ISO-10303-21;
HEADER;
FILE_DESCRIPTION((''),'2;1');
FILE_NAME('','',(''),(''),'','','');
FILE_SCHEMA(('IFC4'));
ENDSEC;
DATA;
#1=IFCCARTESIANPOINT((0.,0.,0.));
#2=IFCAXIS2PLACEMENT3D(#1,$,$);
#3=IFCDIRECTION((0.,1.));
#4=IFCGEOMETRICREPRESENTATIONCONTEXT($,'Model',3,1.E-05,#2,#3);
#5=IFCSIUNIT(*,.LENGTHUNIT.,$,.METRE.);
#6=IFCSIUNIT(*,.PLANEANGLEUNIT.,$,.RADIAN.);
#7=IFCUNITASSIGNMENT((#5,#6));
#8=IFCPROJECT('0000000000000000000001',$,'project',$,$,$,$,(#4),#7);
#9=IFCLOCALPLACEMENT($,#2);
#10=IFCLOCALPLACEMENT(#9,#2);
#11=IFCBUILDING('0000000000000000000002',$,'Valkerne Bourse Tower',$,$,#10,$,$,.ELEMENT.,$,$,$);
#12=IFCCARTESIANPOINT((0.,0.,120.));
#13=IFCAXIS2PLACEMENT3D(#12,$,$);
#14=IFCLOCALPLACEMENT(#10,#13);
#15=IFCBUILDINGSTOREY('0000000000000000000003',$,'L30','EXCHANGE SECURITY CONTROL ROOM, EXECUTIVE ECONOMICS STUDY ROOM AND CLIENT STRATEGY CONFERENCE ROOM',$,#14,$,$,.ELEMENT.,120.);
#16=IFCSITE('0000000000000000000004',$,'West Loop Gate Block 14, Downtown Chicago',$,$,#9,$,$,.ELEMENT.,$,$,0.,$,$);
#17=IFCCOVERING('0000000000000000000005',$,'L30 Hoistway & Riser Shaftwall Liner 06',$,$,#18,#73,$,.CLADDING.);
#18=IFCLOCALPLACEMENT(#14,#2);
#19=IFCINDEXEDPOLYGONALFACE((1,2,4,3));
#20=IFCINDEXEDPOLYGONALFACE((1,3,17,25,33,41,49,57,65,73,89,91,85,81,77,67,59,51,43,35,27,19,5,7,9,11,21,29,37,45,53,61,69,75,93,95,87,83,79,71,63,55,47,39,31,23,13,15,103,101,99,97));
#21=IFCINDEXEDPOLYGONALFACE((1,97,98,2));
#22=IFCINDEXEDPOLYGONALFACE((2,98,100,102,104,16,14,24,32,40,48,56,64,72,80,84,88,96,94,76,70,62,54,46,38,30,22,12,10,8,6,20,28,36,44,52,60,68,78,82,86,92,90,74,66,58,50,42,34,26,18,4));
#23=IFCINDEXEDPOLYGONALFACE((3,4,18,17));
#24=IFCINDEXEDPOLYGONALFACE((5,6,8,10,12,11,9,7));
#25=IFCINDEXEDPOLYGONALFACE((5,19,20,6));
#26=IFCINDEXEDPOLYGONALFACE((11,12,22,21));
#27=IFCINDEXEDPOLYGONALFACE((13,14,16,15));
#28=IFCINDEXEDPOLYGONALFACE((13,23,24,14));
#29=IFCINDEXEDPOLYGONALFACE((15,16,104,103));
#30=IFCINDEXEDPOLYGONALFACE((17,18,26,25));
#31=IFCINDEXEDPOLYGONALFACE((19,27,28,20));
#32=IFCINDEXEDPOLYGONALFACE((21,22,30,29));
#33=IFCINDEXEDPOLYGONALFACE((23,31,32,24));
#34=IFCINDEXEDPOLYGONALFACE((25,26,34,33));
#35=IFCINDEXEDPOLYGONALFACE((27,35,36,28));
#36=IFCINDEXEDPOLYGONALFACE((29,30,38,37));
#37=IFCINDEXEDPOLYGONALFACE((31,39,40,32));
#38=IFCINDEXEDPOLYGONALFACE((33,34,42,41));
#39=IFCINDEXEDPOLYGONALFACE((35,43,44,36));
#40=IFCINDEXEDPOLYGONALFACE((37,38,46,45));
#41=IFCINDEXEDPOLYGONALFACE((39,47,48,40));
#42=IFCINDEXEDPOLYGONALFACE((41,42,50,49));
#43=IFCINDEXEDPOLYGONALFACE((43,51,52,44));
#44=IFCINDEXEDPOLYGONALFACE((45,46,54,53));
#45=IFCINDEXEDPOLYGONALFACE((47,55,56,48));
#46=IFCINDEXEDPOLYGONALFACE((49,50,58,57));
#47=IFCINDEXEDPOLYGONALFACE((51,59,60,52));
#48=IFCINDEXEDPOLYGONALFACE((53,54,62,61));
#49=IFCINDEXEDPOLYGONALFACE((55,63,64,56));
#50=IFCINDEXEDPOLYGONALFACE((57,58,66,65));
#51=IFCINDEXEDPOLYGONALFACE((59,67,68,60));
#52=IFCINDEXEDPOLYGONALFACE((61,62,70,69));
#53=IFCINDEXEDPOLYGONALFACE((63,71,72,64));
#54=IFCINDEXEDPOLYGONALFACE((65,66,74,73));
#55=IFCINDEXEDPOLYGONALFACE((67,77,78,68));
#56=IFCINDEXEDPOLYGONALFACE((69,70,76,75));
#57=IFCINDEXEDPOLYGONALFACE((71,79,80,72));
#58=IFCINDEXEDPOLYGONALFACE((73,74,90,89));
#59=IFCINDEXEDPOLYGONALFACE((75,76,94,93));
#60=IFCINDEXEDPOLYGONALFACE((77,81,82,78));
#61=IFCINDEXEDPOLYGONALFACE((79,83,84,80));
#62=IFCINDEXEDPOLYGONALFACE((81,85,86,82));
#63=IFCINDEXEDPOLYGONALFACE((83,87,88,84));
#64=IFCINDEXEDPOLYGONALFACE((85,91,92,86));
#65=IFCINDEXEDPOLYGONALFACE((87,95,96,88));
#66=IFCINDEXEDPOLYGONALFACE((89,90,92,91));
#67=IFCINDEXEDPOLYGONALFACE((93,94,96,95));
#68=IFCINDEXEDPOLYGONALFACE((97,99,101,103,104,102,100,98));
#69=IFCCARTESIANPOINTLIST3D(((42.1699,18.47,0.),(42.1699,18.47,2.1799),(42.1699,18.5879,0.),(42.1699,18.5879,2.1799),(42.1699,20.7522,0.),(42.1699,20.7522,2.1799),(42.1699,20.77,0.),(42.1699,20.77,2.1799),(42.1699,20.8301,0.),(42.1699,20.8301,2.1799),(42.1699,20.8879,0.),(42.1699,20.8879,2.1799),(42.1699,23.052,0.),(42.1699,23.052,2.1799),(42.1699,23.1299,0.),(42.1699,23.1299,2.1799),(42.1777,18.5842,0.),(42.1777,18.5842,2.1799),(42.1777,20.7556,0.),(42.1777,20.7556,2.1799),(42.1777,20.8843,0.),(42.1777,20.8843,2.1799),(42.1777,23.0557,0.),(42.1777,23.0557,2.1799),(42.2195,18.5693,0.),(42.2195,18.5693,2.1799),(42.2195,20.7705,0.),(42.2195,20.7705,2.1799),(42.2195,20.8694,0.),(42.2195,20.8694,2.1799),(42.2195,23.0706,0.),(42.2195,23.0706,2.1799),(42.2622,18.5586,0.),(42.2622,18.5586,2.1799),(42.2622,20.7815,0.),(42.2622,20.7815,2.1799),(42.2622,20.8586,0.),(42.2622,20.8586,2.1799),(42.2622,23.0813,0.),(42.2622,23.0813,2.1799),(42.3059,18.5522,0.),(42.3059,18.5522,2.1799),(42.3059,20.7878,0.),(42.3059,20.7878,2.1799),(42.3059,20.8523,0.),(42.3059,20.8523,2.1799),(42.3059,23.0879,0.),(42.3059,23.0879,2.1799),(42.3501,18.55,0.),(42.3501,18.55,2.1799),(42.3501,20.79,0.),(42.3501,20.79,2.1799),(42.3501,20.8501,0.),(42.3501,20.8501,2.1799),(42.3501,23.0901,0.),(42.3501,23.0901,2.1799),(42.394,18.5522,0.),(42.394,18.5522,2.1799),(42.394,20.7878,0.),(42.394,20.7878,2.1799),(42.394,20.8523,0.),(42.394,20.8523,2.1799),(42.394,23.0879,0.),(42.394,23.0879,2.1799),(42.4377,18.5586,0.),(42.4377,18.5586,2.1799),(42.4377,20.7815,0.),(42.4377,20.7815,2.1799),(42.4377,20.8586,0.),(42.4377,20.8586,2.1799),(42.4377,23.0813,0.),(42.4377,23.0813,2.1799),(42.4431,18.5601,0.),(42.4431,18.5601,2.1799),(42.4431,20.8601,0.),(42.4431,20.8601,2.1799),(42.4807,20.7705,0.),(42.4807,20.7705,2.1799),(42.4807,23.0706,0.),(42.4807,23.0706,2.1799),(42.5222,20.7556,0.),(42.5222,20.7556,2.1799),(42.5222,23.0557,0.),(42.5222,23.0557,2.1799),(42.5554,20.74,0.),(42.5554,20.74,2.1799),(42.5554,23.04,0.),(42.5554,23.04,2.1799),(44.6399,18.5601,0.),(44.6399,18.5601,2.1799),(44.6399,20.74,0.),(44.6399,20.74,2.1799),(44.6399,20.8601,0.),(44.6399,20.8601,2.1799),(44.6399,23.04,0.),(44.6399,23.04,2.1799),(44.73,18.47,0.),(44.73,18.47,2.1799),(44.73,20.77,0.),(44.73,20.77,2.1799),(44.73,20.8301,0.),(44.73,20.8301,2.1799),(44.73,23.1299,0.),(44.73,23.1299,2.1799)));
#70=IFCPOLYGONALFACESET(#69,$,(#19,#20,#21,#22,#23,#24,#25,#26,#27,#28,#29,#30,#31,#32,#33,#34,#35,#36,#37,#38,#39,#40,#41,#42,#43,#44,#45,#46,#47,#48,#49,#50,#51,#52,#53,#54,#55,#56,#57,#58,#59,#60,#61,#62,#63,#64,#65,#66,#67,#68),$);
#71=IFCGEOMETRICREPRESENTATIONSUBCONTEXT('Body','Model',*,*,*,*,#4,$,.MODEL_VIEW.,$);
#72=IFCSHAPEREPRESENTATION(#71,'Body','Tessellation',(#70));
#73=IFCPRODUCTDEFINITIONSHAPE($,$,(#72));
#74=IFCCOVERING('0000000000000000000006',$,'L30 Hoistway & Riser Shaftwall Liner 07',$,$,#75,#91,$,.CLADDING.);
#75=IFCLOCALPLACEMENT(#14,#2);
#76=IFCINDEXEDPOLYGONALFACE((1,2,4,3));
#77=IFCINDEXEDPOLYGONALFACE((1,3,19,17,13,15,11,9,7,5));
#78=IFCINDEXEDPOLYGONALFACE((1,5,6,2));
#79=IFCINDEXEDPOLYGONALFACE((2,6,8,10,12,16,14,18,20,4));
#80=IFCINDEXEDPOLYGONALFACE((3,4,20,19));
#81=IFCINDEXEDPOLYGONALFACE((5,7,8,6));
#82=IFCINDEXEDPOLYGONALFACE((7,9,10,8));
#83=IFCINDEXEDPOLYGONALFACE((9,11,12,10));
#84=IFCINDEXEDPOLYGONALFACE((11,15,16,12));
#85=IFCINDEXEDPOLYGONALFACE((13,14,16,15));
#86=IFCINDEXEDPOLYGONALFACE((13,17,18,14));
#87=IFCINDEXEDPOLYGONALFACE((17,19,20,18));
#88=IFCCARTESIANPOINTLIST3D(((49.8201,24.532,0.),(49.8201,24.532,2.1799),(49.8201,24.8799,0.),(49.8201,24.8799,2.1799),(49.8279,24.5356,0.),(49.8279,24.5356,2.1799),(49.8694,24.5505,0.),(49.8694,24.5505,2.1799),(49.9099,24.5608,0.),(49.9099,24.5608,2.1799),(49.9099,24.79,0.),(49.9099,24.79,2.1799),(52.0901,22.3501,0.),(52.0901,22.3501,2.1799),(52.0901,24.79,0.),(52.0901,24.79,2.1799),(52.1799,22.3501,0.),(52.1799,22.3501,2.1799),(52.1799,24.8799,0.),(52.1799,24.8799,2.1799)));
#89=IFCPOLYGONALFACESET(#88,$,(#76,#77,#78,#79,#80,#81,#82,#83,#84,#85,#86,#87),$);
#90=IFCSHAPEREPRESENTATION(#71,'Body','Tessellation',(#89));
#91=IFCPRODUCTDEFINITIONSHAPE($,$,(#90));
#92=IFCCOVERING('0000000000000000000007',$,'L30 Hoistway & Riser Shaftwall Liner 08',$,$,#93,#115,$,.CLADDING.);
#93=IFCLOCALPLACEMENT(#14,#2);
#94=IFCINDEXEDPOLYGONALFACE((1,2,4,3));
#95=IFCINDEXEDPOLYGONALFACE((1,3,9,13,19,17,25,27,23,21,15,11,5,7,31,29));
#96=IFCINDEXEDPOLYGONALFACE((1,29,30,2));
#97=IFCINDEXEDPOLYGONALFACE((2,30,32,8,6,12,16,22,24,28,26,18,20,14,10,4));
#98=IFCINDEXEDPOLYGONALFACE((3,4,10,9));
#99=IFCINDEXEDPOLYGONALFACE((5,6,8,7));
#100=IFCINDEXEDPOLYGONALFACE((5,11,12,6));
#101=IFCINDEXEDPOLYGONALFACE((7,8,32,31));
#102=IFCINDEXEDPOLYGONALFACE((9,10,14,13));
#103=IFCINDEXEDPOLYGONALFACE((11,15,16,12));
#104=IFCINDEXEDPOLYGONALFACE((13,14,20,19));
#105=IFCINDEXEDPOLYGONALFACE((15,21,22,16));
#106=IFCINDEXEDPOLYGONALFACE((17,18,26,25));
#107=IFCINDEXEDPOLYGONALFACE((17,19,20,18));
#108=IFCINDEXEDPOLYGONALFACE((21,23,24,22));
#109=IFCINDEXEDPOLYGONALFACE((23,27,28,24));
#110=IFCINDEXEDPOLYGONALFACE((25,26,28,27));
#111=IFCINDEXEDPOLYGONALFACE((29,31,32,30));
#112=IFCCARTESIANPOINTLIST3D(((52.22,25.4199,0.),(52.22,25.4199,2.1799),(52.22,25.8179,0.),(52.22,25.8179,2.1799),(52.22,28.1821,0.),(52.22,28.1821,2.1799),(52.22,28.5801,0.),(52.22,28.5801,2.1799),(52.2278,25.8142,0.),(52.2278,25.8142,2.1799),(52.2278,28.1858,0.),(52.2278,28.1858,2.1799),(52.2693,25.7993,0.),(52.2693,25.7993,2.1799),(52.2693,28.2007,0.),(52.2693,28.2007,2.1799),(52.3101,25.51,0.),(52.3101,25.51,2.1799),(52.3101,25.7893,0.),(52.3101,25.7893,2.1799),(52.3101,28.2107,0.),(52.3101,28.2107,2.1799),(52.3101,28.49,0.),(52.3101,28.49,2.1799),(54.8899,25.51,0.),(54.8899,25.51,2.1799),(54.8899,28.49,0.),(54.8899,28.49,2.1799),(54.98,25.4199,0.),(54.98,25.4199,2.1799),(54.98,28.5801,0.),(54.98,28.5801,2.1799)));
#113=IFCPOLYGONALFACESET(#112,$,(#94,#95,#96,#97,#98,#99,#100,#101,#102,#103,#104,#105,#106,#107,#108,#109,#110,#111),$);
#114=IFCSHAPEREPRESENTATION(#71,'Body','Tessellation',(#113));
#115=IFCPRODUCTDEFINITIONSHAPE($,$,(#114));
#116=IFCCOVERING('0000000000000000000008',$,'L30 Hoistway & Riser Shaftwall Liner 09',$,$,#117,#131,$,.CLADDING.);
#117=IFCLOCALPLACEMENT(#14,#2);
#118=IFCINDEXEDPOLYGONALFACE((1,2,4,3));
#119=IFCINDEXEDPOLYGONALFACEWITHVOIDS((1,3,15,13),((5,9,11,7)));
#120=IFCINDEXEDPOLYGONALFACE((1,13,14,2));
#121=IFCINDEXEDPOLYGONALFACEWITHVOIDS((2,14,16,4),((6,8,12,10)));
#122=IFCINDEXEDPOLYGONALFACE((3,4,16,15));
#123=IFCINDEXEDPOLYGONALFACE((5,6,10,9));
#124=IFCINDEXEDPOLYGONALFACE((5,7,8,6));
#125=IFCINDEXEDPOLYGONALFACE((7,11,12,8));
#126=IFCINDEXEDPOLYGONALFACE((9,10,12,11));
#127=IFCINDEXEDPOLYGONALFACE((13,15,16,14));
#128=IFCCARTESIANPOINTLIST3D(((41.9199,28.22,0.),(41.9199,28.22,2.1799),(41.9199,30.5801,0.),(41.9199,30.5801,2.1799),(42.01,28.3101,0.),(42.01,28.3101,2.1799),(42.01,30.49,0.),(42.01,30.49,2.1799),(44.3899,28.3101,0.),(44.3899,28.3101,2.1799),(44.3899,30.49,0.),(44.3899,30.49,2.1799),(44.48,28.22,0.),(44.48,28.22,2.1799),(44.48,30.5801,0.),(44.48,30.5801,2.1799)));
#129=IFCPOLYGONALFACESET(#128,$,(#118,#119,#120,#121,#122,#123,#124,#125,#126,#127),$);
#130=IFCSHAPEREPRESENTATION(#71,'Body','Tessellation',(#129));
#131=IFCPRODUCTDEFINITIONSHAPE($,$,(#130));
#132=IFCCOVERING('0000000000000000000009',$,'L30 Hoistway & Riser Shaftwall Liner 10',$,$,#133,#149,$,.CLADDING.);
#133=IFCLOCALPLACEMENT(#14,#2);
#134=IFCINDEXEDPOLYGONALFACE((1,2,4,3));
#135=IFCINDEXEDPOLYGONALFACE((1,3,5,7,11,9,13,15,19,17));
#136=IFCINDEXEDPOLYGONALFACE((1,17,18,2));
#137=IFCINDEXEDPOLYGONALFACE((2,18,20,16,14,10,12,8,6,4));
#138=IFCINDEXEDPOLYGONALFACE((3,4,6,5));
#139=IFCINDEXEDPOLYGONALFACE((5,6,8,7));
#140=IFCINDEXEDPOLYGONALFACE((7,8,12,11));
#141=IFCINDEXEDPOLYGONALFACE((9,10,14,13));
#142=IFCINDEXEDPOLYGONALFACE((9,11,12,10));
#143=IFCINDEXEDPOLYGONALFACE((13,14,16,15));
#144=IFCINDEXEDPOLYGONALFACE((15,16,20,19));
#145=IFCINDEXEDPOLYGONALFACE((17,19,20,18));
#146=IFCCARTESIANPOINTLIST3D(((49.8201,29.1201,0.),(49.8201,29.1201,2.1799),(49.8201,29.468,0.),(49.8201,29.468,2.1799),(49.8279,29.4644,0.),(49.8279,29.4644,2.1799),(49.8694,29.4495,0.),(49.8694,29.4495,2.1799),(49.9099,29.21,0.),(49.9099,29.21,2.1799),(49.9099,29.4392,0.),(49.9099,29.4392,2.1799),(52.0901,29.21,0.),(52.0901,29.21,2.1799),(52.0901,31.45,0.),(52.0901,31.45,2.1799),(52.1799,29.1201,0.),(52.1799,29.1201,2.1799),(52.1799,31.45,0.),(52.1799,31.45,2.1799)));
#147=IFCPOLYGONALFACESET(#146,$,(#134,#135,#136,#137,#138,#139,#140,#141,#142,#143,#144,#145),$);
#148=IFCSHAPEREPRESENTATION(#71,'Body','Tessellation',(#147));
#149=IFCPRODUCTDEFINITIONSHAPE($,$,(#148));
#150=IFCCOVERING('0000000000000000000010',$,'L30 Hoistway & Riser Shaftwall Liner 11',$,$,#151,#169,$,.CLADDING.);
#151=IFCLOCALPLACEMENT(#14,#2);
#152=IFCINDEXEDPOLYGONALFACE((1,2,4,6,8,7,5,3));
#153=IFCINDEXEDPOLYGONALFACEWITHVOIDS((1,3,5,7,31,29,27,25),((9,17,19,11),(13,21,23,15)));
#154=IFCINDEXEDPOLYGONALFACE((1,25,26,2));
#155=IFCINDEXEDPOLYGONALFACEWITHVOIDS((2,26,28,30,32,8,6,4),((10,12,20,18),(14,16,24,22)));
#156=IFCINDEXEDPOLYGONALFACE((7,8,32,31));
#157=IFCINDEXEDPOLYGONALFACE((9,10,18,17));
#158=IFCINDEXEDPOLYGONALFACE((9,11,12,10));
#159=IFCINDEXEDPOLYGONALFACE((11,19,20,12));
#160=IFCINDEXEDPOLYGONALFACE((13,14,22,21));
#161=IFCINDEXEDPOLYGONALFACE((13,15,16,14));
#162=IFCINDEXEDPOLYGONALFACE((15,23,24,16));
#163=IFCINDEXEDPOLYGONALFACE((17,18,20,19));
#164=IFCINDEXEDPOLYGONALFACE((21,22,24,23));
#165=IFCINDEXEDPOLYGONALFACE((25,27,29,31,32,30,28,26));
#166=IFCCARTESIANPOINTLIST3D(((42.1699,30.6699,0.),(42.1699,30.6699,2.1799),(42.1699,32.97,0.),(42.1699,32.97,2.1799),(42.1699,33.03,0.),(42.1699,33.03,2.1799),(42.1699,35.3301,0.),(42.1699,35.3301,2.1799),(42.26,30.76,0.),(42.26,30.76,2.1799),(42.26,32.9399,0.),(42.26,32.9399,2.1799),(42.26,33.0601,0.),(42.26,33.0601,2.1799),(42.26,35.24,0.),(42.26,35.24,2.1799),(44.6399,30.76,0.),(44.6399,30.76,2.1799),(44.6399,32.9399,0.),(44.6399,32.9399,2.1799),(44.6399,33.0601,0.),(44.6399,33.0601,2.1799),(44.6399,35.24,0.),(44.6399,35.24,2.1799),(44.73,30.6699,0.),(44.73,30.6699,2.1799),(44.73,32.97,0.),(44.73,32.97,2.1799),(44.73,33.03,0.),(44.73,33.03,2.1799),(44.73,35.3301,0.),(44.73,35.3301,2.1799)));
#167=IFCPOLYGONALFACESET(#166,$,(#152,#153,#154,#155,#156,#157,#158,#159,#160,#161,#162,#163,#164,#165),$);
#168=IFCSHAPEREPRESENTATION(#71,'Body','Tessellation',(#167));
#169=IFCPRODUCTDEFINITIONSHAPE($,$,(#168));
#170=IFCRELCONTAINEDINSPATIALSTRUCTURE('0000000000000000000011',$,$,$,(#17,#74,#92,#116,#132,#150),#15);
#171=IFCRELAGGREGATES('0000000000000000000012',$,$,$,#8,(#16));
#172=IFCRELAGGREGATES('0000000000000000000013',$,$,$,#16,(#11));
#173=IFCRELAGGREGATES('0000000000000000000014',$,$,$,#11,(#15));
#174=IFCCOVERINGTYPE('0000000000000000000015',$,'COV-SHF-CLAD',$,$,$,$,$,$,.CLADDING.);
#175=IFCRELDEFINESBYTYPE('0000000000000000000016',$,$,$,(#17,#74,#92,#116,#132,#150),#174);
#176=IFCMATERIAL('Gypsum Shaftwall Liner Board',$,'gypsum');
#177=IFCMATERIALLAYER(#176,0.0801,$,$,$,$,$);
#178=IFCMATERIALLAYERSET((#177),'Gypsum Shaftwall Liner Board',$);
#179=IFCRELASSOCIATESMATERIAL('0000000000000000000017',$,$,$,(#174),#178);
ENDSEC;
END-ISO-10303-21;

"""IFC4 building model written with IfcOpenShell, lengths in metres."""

from ifc_helpers import new_model, si_unit, direction, frame, origin, place, context, subcontext, project, spatial, polyline, outline, extrude, material, layer, layer_set, type_object, element, save


model = new_model("IFC4")

# Units and contexts
model_context = context("Model", 3, precision=1e-05, world=origin(), true_north=direction((0.0, 1.0)))
body_context = subcontext(model_context, "Body", "Model", "MODEL_VIEW")
ifc_project = project(units=[si_unit("LENGTHUNIT", "METRE"), si_unit("PLANEANGLEUNIT", "RADIAN")], contexts=[model_context])

# Site, building, storey
site_placement = place(None, origin())
site = spatial("IfcSite", under=ifc_project, at=site_placement, Name="West Loop Gate Block 14, Downtown Chicago", CompositionType="ELEMENT", RefElevation=0.0)
building_placement = place(site_placement, origin())
building = spatial("IfcBuilding", under=site, at=building_placement, Name="Valkerne Bourse Tower", CompositionType="ELEMENT")
storey_placement = place(building_placement, frame((0.0, 0.0, 120.0)))
storey = spatial("IfcBuildingStorey", under=building, at=storey_placement, Name="L30", Description="EXCHANGE SECURITY CONTROL ROOM, EXECUTIVE ECONOMICS STUDY ROOM AND CLIENT STRATEGY CONFERENCE ROOM", CompositionType="ELEMENT", Elevation=120.0)

# Coverings
ifc_material_1 = material(Name="Gypsum Shaftwall Liner Board", Category="gypsum")
ifc_layer_1 = layer(ifc_material_1, 0.0801)
ifc_layer_set_1 = layer_set([ifc_layer_1], Name="Gypsum Shaftwall Liner Board")
covering_type_1 = type_object("IfcCoveringType", Name="COV-SHF-CLAD", PredefinedType="CLADDING", material=ifc_layer_set_1)
covering_1_placement = place(storey_placement, origin())
element("IfcCovering", 1, at=covering_1_placement, inside=storey, type_object=covering_type_1, Name="L30 Hoistway & Riser Shaftwall Liner 06", PredefinedType="CLADDING", context=body_context, shape_type="SweptSolid", body=[
    extrude(outline(polyline([(42.1699, 20.8301), (42.1699, 20.8879), (42.1777, 20.8843), (42.2195, 20.8694), (42.2622, 20.8586), (42.3059, 20.8523), (42.3501, 20.8501), (42.394, 20.8523), (42.4377, 20.8586), (42.4431, 20.8601), (44.6399, 20.8601), (44.6399, 23.04), (42.5554, 23.04), (42.5222, 23.0557), (42.4807, 23.0706), (42.4377, 23.0813), (42.394, 23.0879), (42.3501, 23.0901), (42.3059, 23.0879), (42.2622, 23.0813), (42.2195, 23.0706), (42.1777, 23.0557), (42.1699, 23.052), (42.1699, 23.1299), (44.73, 23.1299), (44.73, 20.8301), (44.73, 20.77), (44.73, 18.47), (42.1699, 18.47), (42.1699, 18.5879), (42.1777, 18.5842), (42.2195, 18.5693), (42.2622, 18.5586), (42.3059, 18.5522), (42.3501, 18.55), (42.394, 18.5522), (42.4377, 18.5586), (42.4431, 18.5601), (44.6399, 18.5601), (44.6399, 20.74), (42.5554, 20.74), (42.5222, 20.7556), (42.4807, 20.7705), (42.4377, 20.7815), (42.394, 20.7878), (42.3501, 20.79), (42.3059, 20.7878), (42.2622, 20.7815), (42.2195, 20.7705), (42.1777, 20.7556), (42.1699, 20.7522), (42.1699, 20.77), (42.1699, 20.8301)])), origin(), (0.0, 0.0, 1.0), 2.1799),
])
covering_2_placement = place(storey_placement, origin())
element("IfcCovering", 2, at=covering_2_placement, inside=storey, type_object=covering_type_1, Name="L30 Hoistway & Riser Shaftwall Liner 07", PredefinedType="CLADDING", context=body_context, shape_type="SweptSolid", body=[
    extrude(outline(polyline([(52.1799, 22.3501), (52.0901, 22.3501), (52.0901, 24.79), (49.9099, 24.79), (49.9099, 24.5608), (49.8694, 24.5505), (49.8279, 24.5356), (49.8201, 24.532), (49.8201, 24.8799), (52.1799, 24.8799), (52.1799, 22.3501)])), origin(), (0.0, 0.0, 1.0), 2.1799),
])
covering_3_placement = place(storey_placement, origin())
element("IfcCovering", 3, at=covering_3_placement, inside=storey, type_object=covering_type_1, Name="L30 Hoistway & Riser Shaftwall Liner 08", PredefinedType="CLADDING", context=body_context, shape_type="SweptSolid", body=[
    extrude(outline(polyline([(54.98, 25.4199), (52.22, 25.4199), (52.22, 25.8179), (52.2278, 25.8142), (52.2693, 25.7993), (52.3101, 25.7893), (52.3101, 25.51), (54.8899, 25.51), (54.8899, 28.49), (52.3101, 28.49), (52.3101, 28.2107), (52.2693, 28.2007), (52.2278, 28.1858), (52.22, 28.1821), (52.22, 28.5801), (54.98, 28.5801), (54.98, 25.4199)])), origin(), (0.0, 0.0, 1.0), 2.1799),
])
covering_4_placement = place(storey_placement, origin())
element("IfcCovering", 4, at=covering_4_placement, inside=storey, type_object=covering_type_1, Name="L30 Hoistway & Riser Shaftwall Liner 09", PredefinedType="CLADDING", context=body_context, shape_type="SweptSolid", body=[
    extrude(outline(polyline([(44.48, 28.22), (41.9199, 28.22), (41.9199, 30.5801), (44.48, 30.5801), (44.48, 28.22)]), holes=[polyline([(42.01, 30.49), (42.01, 28.3101), (44.3899, 28.3101), (44.3899, 30.49), (42.01, 30.49)])]), origin(), (0.0, 0.0, 1.0), 2.1799),
])
covering_5_placement = place(storey_placement, origin())
element("IfcCovering", 5, at=covering_5_placement, inside=storey, type_object=covering_type_1, Name="L30 Hoistway & Riser Shaftwall Liner 10", PredefinedType="CLADDING", context=body_context, shape_type="SweptSolid", body=[
    extrude(outline(polyline([(49.8201, 29.1201), (49.8201, 29.468), (49.8279, 29.4644), (49.8694, 29.4495), (49.9099, 29.4392), (49.9099, 29.21), (52.0901, 29.21), (52.0901, 31.45), (52.1799, 31.45), (52.1799, 29.1201), (49.8201, 29.1201)])), origin(), (0.0, 0.0, 1.0), 2.1799),
])
covering_6_placement = place(storey_placement, origin())
element("IfcCovering", 6, at=covering_6_placement, inside=storey, type_object=covering_type_1, Name="L30 Hoistway & Riser Shaftwall Liner 11", PredefinedType="CLADDING", context=body_context, shape_type="SweptSolid", body=[
    extrude(outline(polyline([(44.73, 35.3301), (44.73, 33.03), (44.73, 32.97), (44.73, 30.6699), (42.1699, 30.6699), (42.1699, 32.97), (42.1699, 33.03), (42.1699, 35.3301), (44.73, 35.3301)]), holes=[polyline([(42.26, 30.76), (44.6399, 30.76), (44.6399, 32.9399), (42.26, 32.9399), (42.26, 30.76)]), polyline([(42.26, 33.0601), (44.6399, 33.0601), (44.6399, 35.24), (42.26, 35.24), (42.26, 33.0601)])]), origin(), (0.0, 0.0, 1.0), 2.1799),
])

save(model, "model.ifc")
